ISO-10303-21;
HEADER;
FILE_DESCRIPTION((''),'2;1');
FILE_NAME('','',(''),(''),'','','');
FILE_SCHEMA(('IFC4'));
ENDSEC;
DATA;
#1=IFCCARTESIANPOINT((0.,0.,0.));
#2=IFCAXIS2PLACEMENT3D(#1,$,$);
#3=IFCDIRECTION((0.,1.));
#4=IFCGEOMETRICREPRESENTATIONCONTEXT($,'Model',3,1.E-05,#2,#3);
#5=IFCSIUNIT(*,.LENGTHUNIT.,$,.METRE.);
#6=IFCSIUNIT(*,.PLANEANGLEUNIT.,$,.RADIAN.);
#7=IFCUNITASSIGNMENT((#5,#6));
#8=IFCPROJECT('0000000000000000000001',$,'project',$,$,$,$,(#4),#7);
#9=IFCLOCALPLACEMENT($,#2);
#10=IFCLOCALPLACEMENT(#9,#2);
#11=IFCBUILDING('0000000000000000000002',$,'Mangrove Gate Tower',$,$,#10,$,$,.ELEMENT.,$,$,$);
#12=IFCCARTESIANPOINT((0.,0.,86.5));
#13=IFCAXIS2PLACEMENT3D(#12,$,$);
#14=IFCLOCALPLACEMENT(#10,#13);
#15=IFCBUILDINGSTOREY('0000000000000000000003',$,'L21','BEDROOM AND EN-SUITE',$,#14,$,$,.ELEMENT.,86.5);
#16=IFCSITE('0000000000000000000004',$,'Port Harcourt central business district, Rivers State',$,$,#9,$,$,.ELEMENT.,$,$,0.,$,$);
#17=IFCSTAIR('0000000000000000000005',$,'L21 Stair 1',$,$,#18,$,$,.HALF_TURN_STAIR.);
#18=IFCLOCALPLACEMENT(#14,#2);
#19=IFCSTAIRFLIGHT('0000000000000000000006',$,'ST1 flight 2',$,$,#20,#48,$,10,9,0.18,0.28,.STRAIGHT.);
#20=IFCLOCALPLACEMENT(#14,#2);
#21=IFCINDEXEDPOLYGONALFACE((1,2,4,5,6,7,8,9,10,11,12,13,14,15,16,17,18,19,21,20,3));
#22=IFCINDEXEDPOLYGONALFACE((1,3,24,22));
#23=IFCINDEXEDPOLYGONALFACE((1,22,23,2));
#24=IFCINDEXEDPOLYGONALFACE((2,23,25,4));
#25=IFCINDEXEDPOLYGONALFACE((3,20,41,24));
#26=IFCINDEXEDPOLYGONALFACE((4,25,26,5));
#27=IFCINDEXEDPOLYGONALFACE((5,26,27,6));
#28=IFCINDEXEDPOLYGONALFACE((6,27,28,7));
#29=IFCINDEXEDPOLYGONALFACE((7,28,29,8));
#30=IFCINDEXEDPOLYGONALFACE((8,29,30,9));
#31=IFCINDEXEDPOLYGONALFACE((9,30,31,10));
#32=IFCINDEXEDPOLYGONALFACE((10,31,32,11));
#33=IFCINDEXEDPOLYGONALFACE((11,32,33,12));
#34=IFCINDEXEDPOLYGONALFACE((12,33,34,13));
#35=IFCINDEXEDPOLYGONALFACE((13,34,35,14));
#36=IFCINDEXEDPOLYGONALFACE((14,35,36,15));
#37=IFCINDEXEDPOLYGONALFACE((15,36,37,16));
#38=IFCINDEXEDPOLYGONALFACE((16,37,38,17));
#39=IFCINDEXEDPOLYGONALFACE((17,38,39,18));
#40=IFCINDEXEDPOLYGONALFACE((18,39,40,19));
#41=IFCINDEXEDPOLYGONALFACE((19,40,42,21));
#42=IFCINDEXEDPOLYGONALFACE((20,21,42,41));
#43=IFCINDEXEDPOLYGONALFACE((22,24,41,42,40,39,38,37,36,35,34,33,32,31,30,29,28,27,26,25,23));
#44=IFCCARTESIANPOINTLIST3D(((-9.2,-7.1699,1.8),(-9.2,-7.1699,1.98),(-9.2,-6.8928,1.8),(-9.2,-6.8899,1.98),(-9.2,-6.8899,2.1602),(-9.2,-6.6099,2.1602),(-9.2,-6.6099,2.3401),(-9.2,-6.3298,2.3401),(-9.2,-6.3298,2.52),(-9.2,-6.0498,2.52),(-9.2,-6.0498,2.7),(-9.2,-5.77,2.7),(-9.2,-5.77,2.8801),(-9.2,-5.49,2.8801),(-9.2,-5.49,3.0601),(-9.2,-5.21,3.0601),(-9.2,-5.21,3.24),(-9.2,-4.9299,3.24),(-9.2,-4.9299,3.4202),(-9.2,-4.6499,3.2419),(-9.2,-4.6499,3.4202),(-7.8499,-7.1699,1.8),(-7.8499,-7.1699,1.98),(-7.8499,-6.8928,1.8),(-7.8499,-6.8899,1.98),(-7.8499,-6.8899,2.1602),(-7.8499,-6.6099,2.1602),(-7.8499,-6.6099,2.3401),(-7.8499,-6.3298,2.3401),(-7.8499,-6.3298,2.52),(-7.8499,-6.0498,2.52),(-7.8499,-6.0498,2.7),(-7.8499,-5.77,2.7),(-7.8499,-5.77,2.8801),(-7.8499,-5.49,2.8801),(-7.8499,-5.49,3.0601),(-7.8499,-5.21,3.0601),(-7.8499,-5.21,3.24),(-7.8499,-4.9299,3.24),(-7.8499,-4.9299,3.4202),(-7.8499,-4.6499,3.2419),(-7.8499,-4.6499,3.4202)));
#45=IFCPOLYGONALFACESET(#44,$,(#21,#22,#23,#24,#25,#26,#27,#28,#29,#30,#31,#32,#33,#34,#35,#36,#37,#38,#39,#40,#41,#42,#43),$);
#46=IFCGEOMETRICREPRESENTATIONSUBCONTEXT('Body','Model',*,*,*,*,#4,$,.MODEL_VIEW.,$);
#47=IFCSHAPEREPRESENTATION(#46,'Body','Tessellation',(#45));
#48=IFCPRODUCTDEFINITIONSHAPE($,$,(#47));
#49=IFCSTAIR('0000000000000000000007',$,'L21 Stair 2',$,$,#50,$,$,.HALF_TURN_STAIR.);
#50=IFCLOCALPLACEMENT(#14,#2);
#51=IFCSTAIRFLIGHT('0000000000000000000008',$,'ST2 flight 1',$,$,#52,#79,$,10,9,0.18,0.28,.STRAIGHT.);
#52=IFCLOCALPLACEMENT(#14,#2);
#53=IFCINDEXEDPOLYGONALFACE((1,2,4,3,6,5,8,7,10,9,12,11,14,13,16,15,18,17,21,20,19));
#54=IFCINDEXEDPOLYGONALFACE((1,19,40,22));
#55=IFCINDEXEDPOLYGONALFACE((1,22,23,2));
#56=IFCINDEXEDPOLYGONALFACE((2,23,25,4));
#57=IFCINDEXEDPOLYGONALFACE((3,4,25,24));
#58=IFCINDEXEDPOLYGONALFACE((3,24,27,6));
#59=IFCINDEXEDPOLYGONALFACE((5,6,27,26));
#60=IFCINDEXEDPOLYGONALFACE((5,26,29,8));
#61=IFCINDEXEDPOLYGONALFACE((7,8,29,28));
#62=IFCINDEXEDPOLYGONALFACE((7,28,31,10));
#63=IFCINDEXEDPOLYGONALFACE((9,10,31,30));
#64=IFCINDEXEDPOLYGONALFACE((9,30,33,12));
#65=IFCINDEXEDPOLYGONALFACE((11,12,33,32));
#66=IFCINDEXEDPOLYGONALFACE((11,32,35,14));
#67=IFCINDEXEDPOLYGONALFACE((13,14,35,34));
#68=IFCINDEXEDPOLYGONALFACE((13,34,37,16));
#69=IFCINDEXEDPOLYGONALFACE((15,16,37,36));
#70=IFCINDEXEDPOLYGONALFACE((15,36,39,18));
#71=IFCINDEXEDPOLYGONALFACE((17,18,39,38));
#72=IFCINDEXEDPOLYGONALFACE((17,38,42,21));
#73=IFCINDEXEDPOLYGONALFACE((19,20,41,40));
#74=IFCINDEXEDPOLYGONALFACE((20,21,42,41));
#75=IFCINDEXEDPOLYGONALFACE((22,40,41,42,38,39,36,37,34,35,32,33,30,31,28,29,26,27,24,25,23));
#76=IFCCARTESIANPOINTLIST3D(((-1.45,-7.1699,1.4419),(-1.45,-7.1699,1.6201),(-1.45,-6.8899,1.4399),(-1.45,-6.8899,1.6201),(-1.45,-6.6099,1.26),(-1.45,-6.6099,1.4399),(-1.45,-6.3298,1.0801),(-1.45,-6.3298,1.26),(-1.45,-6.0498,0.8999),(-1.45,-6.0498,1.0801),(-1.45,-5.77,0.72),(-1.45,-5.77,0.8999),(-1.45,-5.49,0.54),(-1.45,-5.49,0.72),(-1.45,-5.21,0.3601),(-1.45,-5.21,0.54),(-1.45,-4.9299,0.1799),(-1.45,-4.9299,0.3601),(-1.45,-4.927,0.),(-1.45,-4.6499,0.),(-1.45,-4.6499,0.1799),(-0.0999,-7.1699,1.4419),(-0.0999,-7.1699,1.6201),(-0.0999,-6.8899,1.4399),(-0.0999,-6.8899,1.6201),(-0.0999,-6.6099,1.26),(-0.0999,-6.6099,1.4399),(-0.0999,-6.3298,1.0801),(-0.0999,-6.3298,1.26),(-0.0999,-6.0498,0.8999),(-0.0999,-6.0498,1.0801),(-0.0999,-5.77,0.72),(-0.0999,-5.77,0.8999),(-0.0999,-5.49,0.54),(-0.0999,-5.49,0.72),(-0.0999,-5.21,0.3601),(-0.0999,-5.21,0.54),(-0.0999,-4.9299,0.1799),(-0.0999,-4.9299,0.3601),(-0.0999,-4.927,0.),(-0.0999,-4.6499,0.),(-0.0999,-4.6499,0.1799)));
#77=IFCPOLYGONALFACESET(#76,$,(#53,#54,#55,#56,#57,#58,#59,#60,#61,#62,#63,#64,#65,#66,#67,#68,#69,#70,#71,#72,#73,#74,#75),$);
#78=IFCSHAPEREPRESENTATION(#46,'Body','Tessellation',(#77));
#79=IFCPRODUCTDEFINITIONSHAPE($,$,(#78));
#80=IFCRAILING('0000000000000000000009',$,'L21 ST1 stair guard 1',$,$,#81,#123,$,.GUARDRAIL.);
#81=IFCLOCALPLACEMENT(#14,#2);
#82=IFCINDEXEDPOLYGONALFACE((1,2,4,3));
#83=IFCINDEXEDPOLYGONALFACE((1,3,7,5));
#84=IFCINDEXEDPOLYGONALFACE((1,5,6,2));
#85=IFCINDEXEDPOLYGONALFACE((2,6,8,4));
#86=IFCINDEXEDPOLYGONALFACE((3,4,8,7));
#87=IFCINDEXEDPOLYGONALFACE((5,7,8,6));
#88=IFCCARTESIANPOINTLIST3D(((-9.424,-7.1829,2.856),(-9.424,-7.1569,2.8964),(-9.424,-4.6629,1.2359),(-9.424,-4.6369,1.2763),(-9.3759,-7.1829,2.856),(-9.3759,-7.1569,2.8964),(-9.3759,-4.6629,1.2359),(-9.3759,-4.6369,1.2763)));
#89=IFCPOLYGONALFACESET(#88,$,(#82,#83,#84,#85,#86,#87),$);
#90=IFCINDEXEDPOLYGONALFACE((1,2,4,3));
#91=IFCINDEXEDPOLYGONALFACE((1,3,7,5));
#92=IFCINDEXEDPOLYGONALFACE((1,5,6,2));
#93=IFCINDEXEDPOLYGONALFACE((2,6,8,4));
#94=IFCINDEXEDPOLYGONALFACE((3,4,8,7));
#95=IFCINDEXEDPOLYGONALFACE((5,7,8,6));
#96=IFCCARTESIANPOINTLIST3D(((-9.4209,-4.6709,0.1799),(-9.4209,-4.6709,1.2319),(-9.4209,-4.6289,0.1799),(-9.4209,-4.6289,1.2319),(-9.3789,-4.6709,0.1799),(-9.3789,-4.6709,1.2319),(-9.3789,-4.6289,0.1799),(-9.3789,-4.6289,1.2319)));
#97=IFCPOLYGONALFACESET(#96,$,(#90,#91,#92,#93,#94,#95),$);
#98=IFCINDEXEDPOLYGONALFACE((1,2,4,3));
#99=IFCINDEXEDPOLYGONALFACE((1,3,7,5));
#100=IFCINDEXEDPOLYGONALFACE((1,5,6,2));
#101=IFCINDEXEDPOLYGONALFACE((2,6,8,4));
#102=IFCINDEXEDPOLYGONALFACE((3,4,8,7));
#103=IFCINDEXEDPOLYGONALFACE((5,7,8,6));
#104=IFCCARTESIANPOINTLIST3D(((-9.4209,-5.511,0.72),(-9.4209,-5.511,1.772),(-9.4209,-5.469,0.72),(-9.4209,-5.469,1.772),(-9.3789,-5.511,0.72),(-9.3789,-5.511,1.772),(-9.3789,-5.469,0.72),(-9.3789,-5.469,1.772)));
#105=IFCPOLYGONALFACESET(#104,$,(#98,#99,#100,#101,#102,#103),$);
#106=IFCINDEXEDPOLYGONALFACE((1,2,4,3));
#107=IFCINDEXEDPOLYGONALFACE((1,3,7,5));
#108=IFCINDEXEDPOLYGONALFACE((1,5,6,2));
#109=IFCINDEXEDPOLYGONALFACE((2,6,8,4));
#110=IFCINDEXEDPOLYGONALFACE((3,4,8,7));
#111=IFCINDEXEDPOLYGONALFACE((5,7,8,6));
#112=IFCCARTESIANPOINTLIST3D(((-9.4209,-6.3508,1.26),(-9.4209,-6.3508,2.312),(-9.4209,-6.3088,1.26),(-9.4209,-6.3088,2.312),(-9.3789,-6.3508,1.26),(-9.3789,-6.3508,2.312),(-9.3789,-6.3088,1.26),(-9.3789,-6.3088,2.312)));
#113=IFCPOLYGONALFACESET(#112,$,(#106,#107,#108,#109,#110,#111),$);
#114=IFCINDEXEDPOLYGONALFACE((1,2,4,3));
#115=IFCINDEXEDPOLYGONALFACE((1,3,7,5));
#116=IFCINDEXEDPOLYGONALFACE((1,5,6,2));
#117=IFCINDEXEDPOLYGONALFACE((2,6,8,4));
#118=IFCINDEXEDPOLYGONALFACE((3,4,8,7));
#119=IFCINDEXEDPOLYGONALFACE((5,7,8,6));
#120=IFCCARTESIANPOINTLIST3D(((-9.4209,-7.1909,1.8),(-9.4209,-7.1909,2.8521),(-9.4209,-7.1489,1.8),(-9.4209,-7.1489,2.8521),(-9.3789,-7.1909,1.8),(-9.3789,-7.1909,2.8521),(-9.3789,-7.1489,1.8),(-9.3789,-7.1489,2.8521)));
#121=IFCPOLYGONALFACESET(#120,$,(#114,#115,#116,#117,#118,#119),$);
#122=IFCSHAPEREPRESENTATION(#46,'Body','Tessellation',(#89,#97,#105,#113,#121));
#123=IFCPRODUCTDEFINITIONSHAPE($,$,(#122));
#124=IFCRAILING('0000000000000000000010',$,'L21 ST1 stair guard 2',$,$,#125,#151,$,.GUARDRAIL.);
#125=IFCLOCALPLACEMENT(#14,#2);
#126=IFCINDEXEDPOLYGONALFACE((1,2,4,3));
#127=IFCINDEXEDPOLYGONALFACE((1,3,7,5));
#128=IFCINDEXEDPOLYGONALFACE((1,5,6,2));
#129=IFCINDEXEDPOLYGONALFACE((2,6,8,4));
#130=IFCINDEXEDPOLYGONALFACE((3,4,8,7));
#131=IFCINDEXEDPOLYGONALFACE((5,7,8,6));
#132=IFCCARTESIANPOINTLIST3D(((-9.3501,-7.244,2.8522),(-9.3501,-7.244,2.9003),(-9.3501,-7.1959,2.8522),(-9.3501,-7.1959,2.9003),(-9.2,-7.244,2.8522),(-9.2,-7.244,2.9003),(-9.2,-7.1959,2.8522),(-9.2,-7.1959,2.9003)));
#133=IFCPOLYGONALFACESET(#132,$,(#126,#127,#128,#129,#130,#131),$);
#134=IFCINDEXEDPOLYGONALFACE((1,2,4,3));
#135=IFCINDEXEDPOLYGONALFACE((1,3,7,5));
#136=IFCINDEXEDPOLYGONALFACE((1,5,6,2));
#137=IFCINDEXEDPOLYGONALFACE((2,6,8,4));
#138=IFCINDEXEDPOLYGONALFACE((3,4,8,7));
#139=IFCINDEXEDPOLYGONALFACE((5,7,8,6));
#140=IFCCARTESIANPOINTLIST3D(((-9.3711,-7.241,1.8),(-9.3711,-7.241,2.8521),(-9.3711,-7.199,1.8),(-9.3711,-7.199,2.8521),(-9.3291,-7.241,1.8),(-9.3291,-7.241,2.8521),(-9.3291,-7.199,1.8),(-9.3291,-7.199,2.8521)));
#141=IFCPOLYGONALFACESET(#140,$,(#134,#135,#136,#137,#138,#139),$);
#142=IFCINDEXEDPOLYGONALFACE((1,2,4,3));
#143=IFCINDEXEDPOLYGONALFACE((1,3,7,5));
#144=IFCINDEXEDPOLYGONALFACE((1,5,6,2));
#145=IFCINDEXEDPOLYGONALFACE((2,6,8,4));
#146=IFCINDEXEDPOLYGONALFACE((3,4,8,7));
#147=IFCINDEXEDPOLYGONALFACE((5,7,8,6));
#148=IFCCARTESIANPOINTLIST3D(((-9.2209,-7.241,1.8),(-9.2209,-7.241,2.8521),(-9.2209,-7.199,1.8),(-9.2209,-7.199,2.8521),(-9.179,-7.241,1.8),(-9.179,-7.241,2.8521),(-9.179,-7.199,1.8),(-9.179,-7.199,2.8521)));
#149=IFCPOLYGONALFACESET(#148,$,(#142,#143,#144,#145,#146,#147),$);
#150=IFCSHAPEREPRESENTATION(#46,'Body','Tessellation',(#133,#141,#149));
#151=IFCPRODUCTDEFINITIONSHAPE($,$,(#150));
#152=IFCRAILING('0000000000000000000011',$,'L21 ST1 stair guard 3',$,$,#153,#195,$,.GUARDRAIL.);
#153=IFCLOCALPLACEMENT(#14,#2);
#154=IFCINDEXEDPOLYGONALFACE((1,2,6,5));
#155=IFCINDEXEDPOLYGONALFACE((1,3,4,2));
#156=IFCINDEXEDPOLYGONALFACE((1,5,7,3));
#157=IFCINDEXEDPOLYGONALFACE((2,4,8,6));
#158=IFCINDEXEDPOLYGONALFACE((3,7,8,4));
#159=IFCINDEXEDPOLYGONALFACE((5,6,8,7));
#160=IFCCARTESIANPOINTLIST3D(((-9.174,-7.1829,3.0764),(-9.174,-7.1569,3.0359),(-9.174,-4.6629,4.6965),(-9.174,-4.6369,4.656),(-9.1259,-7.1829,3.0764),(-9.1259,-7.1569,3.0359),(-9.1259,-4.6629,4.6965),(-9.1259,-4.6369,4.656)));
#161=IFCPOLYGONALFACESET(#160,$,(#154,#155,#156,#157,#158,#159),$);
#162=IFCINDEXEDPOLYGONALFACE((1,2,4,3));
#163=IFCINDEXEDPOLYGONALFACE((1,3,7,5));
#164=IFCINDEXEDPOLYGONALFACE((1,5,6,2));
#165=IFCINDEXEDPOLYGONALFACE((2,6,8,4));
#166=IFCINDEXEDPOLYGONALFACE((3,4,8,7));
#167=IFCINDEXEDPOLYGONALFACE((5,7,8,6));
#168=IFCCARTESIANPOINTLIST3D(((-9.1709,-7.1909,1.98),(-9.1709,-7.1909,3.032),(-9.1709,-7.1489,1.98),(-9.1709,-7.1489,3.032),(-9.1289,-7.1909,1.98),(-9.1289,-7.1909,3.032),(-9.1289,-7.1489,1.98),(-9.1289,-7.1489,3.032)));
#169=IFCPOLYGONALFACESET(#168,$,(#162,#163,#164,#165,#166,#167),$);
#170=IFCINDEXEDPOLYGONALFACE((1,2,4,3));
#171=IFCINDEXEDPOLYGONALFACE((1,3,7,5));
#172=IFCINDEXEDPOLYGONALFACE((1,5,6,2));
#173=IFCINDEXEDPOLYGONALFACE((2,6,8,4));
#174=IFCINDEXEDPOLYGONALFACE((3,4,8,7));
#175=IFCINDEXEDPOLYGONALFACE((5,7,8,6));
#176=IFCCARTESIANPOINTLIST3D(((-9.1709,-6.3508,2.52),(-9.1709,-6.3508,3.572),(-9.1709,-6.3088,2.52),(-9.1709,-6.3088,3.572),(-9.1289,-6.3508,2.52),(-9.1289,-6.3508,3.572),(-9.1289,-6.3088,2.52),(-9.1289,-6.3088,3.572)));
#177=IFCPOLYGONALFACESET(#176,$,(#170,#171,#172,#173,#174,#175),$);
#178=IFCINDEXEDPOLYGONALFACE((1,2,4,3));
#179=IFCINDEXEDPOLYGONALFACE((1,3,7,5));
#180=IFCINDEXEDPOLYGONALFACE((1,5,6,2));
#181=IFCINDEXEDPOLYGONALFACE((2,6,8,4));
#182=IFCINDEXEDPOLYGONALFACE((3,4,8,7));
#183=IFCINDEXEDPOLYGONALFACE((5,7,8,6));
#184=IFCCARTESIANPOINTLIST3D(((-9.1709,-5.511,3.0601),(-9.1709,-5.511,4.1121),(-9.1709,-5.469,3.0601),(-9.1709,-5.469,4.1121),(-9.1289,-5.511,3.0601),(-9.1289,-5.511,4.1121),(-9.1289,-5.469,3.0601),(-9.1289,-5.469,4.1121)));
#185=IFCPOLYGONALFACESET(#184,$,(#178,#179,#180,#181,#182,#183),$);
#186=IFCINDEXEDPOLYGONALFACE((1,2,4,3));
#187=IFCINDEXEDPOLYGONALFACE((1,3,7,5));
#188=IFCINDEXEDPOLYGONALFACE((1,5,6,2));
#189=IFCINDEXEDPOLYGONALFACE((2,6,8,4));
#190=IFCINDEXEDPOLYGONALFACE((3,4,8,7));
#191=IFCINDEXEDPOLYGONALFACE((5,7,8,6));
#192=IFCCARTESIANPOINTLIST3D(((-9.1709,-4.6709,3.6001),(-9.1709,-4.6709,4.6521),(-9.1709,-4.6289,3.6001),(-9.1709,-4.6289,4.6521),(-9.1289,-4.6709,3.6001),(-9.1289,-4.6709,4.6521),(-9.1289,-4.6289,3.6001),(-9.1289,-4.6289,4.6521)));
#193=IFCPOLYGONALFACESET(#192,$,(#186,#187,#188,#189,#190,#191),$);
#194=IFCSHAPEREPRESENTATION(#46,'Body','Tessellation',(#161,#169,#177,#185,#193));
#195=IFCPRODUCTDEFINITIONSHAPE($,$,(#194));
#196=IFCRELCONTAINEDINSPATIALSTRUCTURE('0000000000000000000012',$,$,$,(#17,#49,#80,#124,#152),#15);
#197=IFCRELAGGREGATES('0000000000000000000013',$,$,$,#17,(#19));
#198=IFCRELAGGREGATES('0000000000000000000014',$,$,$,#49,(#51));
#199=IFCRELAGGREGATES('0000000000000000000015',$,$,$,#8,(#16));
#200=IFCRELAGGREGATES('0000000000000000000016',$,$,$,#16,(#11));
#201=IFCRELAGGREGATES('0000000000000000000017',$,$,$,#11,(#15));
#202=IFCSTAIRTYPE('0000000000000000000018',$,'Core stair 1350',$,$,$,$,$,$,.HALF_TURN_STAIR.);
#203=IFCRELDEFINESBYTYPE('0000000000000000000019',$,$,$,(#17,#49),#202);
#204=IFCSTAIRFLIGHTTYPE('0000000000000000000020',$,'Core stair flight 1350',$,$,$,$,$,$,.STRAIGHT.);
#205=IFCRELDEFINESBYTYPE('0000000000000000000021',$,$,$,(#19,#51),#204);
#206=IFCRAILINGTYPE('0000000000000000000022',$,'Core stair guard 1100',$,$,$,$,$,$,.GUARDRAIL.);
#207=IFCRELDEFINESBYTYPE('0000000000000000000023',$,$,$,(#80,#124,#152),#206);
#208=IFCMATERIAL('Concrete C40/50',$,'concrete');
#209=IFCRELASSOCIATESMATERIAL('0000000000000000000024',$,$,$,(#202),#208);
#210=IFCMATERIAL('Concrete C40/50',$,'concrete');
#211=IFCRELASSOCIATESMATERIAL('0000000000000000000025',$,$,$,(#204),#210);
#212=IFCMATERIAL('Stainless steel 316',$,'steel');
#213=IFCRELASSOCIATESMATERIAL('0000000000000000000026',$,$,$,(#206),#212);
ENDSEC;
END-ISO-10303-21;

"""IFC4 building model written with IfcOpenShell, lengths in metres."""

from ifc_helpers import new_model, si_unit, direction, frame, origin, origin_2d, place, context, subcontext, project, spatial, polyline, rectangle, outline, extrude, material, type_object, element, aggregate, save


model = new_model("IFC4")

# Units and contexts
model_context = context("Model", 3, precision=1e-05, world=origin(), true_north=direction((0.0, 1.0)))
body_context = subcontext(model_context, "Body", "Model", "MODEL_VIEW")
ifc_project = project(units=[si_unit("LENGTHUNIT", "METRE"), si_unit("PLANEANGLEUNIT", "RADIAN")], contexts=[model_context])

# Site, building, storey
site_placement = place(None, origin())
site = spatial("IfcSite", under=ifc_project, at=site_placement, Name="Port Harcourt central business district, Rivers State", CompositionType="ELEMENT", RefElevation=0.0)
building_placement = place(site_placement, origin())
building = spatial("IfcBuilding", under=site, at=building_placement, Name="Mangrove Gate Tower", CompositionType="ELEMENT")
storey_placement = place(building_placement, frame((0.0, 0.0, 86.5)))
storey = spatial("IfcBuildingStorey", under=building, at=storey_placement, Name="L21", Description="BEDROOM AND EN-SUITE", CompositionType="ELEMENT", Elevation=86.5)

# Stair, stair flight
ifc_material_1 = material(Name="Concrete C40/50", Category="concrete")
stair_type = type_object("IfcStairType", Name="Core stair 1350", PredefinedType="HALF_TURN_STAIR", material=ifc_material_1)
stair_1_placement = place(storey_placement, origin())
stair_1 = element("IfcStair", 1, at=stair_1_placement, inside=storey, type_object=stair_type, Name="L21 Stair 1", PredefinedType="HALF_TURN_STAIR")
ifc_material_2 = material(Name="Concrete C40/50", Category="concrete")
stair_flight_type = type_object("IfcStairFlightType", Name="Core stair flight 1350", PredefinedType="STRAIGHT", material=ifc_material_2)
stair_flight_1_placement = place(storey_placement, frame((-8.5249, -7.1699, 1.8), z_axis=(0.0, 0.0, 1.0), x_axis=(0.0, 1.0, 0.0)))
stair_flight_1 = element("IfcStairFlight", 2, at=stair_flight_1_placement, type_object=stair_flight_type, Name="ST1 flight 2", NumberOfRisers=10, NumberOfTreads=9, PredefinedType="STRAIGHT", RiserHeight=0.18, TreadLength=0.28, context=body_context, shape_type="SweptSolid", body=[
    extrude(outline(polyline([(0.0, 0.0), (0.0, 0.1799), (0.28, 0.1799), (0.28, 0.3601), (0.5601, 0.3601), (0.5601, 0.54), (0.8401, 0.54), (0.8401, 0.72), (1.1201, 0.72), (1.1201, 0.8999), (1.3999, 0.8999), (1.3999, 1.0801), (1.6799, 1.0801), (1.6799, 1.26), (1.96, 1.26), (1.96, 1.4399), (2.24, 1.4399), (2.24, 1.6201), (2.52, 1.6201), (2.52, 1.8), (2.52, 1.4419), (0.2771, 0.0), (0.0, 0.0)])), frame((0.0, 0.675, 0.0), z_axis=(0.0, -1.0, 0.0), x_axis=(1.0, 0.0, 0.0)), (0.0, 0.0, 1.0), 1.3501),
])
aggregate(stair_1, [stair_flight_1])

# Stair, stair flight
stair_2_placement = place(storey_placement, origin())
stair_2 = element("IfcStair", 3, at=stair_2_placement, inside=storey, type_object=stair_type, Name="L21 Stair 2", PredefinedType="HALF_TURN_STAIR")
stair_flight_2_placement = place(storey_placement, frame((-0.7749, -4.6499, 0.0), z_axis=(0.0, 0.0, 1.0), x_axis=(0.0, -1.0, 0.0)))
stair_flight_2 = element("IfcStairFlight", 4, at=stair_flight_2_placement, type_object=stair_flight_type, Name="ST2 flight 1", NumberOfRisers=10, NumberOfTreads=9, PredefinedType="STRAIGHT", RiserHeight=0.18, TreadLength=0.28, context=body_context, shape_type="SweptSolid", body=[
    extrude(outline(polyline([(0.0, 0.0), (0.0, 0.1799), (0.28, 0.1799), (0.28, 0.3601), (0.5601, 0.3601), (0.5601, 0.54), (0.8401, 0.54), (0.8401, 0.72), (1.1201, 0.72), (1.1201, 0.8999), (1.3999, 0.8999), (1.3999, 1.0801), (1.6799, 1.0801), (1.6799, 1.26), (1.96, 1.26), (1.96, 1.4399), (2.24, 1.4399), (2.24, 1.6201), (2.52, 1.6201), (2.52, 1.8), (2.52, 1.4419), (0.2771, 0.0), (0.0, 0.0)])), frame((0.0, 0.675, 0.0), z_axis=(0.0, -1.0, 0.0), x_axis=(1.0, 0.0, 0.0)), (0.0, 0.0, 1.0), 1.3501),
])
aggregate(stair_2, [stair_flight_2])

# Railings
ifc_material_3 = material(Name="Stainless steel 316", Category="steel")
railing_type_1 = type_object("IfcRailingType", Name="Core stair guard 1100", PredefinedType="GUARDRAIL", material=ifc_material_3)
railing_1_placement = place(storey_placement, frame((-9.3999, -4.6499, 0.1799)))
element("IfcRailing", 5, at=railing_1_placement, inside=storey, type_object=railing_type_1, Name="L21 ST1 stair guard 1", PredefinedType="GUARDRAIL", context=body_context, shape_type="SweptSolid", body=[
    extrude(rectangle(XDim=0.0481, YDim=0.0481, at=origin_2d()), frame((0.0, 0.0, 1.0762), z_axis=(0.0, -0.841163, 0.540782), x_axis=(1.0, 0.0, 0.0)), (0.0, 0.0, 1.0), 2.9958),
    extrude(rectangle(XDim=0.042, YDim=0.042, at=origin_2d()), origin(), (0.0, 0.0, 1.0), 1.052),
    extrude(rectangle(XDim=0.042, YDim=0.042, at=origin_2d()), frame((0.0, -0.8401, 0.54)), (0.0, 0.0, 1.0), 1.052),
    extrude(rectangle(XDim=0.042, YDim=0.042, at=origin_2d()), frame((0.0, -1.6799, 1.0801)), (0.0, 0.0, 1.0), 1.052),
    extrude(rectangle(XDim=0.042, YDim=0.042, at=origin_2d()), frame((0.0, -2.52, 1.6201)), (0.0, 0.0, 1.0), 1.052),
])
railing_2_placement = place(storey_placement, frame((-9.3501, -7.22, 1.8)))
element("IfcRailing", 6, at=railing_2_placement, inside=storey, type_object=railing_type_1, Name="L21 ST1 stair guard 2", PredefinedType="GUARDRAIL", context=body_context, shape_type="SweptSolid", body=[
    extrude(rectangle(XDim=0.0481, YDim=0.0481, at=origin_2d()), frame((0.0, 0.0, 1.0762), z_axis=(1.0, 0.0, 0.0), x_axis=(0.0, 1.0, 0.0)), (0.0, 0.0, 1.0), 0.1501),
    extrude(rectangle(XDim=0.042, YDim=0.042, at=origin_2d()), origin(), (0.0, 0.0, 1.0), 1.052),
    extrude(rectangle(XDim=0.042, YDim=0.042, at=origin_2d()), frame((0.1501, 0.0, 0.0)), (0.0, 0.0, 1.0), 1.052),
])
railing_3_placement = place(storey_placement, frame((-9.1499, -7.1699, 1.98)))
element("IfcRailing", 7, at=railing_3_placement, inside=storey, type_object=railing_type_1, Name="L21 ST1 stair guard 3", PredefinedType="GUARDRAIL", context=body_context, shape_type="SweptSolid", body=[
    extrude(rectangle(XDim=0.0481, YDim=0.0481, at=origin_2d()), frame((0.0, 0.0, 1.0762), z_axis=(0.0, 0.841163, 0.540782), x_axis=(-1.0, 0.0, 0.0)), (0.0, 0.0, 1.0), 2.9958),
    extrude(rectangle(XDim=0.042, YDim=0.042, at=origin_2d()), origin(), (0.0, 0.0, 1.0), 1.052),
    extrude(rectangle(XDim=0.042, YDim=0.042, at=origin_2d()), frame((0.0, 0.8401, 0.54)), (0.0, 0.0, 1.0), 1.052),
    extrude(rectangle(XDim=0.042, YDim=0.042, at=origin_2d()), frame((0.0, 1.6799, 1.0801)), (0.0, 0.0, 1.0), 1.052),
    extrude(rectangle(XDim=0.042, YDim=0.042, at=origin_2d()), frame((0.0, 2.52, 1.6201)), (0.0, 0.0, 1.0), 1.052),
])

save(model, "model.ifc")
